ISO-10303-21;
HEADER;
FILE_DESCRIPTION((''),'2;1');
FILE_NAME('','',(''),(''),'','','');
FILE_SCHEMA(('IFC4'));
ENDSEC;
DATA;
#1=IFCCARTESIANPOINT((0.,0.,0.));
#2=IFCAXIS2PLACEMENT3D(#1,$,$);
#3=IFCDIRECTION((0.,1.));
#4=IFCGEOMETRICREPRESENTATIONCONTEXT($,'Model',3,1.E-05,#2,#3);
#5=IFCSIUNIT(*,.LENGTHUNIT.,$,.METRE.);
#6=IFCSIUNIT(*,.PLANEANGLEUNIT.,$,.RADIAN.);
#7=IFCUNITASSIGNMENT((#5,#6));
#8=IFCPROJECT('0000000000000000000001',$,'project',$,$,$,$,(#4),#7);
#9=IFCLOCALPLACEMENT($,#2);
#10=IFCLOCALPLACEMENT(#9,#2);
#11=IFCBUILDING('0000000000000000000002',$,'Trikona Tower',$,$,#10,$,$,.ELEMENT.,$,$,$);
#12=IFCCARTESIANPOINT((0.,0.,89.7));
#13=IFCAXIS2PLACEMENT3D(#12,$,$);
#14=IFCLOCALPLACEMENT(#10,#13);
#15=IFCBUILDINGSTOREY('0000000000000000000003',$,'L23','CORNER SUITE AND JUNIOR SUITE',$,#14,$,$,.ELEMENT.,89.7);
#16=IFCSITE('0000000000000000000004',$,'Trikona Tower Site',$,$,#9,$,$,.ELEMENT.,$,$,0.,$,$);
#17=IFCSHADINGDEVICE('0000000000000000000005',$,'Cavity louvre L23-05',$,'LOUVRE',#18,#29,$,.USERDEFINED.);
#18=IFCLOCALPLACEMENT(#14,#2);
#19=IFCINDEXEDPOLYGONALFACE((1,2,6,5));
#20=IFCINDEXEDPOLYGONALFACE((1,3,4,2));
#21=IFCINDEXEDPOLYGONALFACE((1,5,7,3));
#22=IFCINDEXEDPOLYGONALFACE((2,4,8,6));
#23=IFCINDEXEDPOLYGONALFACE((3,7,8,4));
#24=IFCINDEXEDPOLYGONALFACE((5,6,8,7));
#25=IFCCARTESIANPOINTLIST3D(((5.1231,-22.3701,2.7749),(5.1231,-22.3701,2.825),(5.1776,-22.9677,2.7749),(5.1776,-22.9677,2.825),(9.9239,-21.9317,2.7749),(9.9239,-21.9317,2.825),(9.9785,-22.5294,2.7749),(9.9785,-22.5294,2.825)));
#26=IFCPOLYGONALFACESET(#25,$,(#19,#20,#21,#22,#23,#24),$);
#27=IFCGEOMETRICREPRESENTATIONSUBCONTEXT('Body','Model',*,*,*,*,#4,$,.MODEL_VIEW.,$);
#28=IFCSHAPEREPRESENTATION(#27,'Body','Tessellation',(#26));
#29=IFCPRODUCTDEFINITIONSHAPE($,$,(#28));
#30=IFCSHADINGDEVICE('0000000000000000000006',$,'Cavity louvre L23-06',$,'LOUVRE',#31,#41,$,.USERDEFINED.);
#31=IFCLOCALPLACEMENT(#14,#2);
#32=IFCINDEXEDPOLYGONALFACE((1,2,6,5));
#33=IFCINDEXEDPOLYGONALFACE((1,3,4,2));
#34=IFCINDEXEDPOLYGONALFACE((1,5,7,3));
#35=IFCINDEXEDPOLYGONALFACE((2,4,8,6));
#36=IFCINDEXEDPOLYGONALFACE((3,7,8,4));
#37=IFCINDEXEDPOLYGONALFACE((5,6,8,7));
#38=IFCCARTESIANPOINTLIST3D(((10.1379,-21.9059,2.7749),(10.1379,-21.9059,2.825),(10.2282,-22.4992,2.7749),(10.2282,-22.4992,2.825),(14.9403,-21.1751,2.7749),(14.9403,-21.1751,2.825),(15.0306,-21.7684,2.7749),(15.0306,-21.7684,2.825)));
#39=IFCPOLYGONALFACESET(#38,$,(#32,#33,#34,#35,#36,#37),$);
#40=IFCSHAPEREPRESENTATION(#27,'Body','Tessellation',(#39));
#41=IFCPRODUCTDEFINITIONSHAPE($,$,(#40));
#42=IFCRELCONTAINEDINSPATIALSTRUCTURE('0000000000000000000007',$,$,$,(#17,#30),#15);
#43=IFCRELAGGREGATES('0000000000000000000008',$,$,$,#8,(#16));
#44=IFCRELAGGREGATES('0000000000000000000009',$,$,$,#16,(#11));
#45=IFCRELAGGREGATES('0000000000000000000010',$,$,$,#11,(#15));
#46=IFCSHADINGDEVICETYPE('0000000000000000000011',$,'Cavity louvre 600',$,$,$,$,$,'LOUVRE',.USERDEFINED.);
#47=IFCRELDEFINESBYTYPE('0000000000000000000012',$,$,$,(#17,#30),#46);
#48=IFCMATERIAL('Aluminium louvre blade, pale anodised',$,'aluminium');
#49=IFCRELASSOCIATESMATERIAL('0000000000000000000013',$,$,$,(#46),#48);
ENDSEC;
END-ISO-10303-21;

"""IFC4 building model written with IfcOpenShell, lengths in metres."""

from ifc_helpers import new_model, si_unit, direction, frame, origin, origin_2d, place, context, subcontext, project, spatial, rectangle, extrude, material, type_object, element, save


model = new_model("IFC4")

# Units and contexts
model_context = context("Model", 3, precision=1e-05, world=origin(), true_north=direction((0.0, 1.0)))
body_context = subcontext(model_context, "Body", "Model", "MODEL_VIEW")
ifc_project = project(units=[si_unit("LENGTHUNIT", "METRE"), si_unit("PLANEANGLEUNIT", "RADIAN")], contexts=[model_context])

# Site, building, storey
site_placement = place(None, origin())
site = spatial("IfcSite", under=ifc_project, at=site_placement, Name="Trikona Tower Site", CompositionType="ELEMENT", RefElevation=0.0)
building_placement = place(site_placement, origin())
building = spatial("IfcBuilding", under=site, at=building_placement, Name="Trikona Tower", CompositionType="ELEMENT")
storey_placement = place(building_placement, frame((0.0, 0.0, 89.7)))
storey = spatial("IfcBuildingStorey", under=building, at=storey_placement, Name="L23", Description="CORNER SUITE AND JUNIOR SUITE", CompositionType="ELEMENT", Elevation=89.7)

# Shading devices
ifc_material_1 = material(Name="Aluminium louvre blade, pale anodised", Category="aluminium")
shading_device_type = type_object("IfcShadingDeviceType", Name="Cavity louvre 600", ElementType="LOUVRE", PredefinedType="USERDEFINED", material=ifc_material_1)
shading_device_1_placement = place(storey_placement, frame((7.5508, -22.4497, 2.7749), z_axis=(0.0, 0.0, 1.0), x_axis=(0.995858, 0.090921, 0.0)))
element("IfcShadingDevice", 1, at=shading_device_1_placement, inside=storey, type_object=shading_device_type, Name="Cavity louvre L23-05", ObjectType="LOUVRE", PredefinedType="USERDEFINED", context=body_context, shape_type="SweptSolid", body=[
    extrude(rectangle(XDim=4.8208, YDim=0.6001, at=origin_2d()), origin(), (0.0, 0.0, 1.0), 0.05),
])
shading_device_2_placement = place(storey_placement, frame((12.5842, -21.8372, 2.7749), z_axis=(0.0, 0.0, 1.0), x_axis=(0.988618, 0.150448, 0.0)))
element("IfcShadingDevice", 2, at=shading_device_2_placement, inside=storey, type_object=shading_device_type, Name="Cavity louvre L23-06", ObjectType="LOUVRE", PredefinedType="USERDEFINED", context=body_context, shape_type="SweptSolid", body=[
    extrude(rectangle(XDim=4.8577, YDim=0.6001, at=origin_2d()), origin(), (0.0, 0.0, 1.0), 0.05),
])

save(model, "model.ifc")
